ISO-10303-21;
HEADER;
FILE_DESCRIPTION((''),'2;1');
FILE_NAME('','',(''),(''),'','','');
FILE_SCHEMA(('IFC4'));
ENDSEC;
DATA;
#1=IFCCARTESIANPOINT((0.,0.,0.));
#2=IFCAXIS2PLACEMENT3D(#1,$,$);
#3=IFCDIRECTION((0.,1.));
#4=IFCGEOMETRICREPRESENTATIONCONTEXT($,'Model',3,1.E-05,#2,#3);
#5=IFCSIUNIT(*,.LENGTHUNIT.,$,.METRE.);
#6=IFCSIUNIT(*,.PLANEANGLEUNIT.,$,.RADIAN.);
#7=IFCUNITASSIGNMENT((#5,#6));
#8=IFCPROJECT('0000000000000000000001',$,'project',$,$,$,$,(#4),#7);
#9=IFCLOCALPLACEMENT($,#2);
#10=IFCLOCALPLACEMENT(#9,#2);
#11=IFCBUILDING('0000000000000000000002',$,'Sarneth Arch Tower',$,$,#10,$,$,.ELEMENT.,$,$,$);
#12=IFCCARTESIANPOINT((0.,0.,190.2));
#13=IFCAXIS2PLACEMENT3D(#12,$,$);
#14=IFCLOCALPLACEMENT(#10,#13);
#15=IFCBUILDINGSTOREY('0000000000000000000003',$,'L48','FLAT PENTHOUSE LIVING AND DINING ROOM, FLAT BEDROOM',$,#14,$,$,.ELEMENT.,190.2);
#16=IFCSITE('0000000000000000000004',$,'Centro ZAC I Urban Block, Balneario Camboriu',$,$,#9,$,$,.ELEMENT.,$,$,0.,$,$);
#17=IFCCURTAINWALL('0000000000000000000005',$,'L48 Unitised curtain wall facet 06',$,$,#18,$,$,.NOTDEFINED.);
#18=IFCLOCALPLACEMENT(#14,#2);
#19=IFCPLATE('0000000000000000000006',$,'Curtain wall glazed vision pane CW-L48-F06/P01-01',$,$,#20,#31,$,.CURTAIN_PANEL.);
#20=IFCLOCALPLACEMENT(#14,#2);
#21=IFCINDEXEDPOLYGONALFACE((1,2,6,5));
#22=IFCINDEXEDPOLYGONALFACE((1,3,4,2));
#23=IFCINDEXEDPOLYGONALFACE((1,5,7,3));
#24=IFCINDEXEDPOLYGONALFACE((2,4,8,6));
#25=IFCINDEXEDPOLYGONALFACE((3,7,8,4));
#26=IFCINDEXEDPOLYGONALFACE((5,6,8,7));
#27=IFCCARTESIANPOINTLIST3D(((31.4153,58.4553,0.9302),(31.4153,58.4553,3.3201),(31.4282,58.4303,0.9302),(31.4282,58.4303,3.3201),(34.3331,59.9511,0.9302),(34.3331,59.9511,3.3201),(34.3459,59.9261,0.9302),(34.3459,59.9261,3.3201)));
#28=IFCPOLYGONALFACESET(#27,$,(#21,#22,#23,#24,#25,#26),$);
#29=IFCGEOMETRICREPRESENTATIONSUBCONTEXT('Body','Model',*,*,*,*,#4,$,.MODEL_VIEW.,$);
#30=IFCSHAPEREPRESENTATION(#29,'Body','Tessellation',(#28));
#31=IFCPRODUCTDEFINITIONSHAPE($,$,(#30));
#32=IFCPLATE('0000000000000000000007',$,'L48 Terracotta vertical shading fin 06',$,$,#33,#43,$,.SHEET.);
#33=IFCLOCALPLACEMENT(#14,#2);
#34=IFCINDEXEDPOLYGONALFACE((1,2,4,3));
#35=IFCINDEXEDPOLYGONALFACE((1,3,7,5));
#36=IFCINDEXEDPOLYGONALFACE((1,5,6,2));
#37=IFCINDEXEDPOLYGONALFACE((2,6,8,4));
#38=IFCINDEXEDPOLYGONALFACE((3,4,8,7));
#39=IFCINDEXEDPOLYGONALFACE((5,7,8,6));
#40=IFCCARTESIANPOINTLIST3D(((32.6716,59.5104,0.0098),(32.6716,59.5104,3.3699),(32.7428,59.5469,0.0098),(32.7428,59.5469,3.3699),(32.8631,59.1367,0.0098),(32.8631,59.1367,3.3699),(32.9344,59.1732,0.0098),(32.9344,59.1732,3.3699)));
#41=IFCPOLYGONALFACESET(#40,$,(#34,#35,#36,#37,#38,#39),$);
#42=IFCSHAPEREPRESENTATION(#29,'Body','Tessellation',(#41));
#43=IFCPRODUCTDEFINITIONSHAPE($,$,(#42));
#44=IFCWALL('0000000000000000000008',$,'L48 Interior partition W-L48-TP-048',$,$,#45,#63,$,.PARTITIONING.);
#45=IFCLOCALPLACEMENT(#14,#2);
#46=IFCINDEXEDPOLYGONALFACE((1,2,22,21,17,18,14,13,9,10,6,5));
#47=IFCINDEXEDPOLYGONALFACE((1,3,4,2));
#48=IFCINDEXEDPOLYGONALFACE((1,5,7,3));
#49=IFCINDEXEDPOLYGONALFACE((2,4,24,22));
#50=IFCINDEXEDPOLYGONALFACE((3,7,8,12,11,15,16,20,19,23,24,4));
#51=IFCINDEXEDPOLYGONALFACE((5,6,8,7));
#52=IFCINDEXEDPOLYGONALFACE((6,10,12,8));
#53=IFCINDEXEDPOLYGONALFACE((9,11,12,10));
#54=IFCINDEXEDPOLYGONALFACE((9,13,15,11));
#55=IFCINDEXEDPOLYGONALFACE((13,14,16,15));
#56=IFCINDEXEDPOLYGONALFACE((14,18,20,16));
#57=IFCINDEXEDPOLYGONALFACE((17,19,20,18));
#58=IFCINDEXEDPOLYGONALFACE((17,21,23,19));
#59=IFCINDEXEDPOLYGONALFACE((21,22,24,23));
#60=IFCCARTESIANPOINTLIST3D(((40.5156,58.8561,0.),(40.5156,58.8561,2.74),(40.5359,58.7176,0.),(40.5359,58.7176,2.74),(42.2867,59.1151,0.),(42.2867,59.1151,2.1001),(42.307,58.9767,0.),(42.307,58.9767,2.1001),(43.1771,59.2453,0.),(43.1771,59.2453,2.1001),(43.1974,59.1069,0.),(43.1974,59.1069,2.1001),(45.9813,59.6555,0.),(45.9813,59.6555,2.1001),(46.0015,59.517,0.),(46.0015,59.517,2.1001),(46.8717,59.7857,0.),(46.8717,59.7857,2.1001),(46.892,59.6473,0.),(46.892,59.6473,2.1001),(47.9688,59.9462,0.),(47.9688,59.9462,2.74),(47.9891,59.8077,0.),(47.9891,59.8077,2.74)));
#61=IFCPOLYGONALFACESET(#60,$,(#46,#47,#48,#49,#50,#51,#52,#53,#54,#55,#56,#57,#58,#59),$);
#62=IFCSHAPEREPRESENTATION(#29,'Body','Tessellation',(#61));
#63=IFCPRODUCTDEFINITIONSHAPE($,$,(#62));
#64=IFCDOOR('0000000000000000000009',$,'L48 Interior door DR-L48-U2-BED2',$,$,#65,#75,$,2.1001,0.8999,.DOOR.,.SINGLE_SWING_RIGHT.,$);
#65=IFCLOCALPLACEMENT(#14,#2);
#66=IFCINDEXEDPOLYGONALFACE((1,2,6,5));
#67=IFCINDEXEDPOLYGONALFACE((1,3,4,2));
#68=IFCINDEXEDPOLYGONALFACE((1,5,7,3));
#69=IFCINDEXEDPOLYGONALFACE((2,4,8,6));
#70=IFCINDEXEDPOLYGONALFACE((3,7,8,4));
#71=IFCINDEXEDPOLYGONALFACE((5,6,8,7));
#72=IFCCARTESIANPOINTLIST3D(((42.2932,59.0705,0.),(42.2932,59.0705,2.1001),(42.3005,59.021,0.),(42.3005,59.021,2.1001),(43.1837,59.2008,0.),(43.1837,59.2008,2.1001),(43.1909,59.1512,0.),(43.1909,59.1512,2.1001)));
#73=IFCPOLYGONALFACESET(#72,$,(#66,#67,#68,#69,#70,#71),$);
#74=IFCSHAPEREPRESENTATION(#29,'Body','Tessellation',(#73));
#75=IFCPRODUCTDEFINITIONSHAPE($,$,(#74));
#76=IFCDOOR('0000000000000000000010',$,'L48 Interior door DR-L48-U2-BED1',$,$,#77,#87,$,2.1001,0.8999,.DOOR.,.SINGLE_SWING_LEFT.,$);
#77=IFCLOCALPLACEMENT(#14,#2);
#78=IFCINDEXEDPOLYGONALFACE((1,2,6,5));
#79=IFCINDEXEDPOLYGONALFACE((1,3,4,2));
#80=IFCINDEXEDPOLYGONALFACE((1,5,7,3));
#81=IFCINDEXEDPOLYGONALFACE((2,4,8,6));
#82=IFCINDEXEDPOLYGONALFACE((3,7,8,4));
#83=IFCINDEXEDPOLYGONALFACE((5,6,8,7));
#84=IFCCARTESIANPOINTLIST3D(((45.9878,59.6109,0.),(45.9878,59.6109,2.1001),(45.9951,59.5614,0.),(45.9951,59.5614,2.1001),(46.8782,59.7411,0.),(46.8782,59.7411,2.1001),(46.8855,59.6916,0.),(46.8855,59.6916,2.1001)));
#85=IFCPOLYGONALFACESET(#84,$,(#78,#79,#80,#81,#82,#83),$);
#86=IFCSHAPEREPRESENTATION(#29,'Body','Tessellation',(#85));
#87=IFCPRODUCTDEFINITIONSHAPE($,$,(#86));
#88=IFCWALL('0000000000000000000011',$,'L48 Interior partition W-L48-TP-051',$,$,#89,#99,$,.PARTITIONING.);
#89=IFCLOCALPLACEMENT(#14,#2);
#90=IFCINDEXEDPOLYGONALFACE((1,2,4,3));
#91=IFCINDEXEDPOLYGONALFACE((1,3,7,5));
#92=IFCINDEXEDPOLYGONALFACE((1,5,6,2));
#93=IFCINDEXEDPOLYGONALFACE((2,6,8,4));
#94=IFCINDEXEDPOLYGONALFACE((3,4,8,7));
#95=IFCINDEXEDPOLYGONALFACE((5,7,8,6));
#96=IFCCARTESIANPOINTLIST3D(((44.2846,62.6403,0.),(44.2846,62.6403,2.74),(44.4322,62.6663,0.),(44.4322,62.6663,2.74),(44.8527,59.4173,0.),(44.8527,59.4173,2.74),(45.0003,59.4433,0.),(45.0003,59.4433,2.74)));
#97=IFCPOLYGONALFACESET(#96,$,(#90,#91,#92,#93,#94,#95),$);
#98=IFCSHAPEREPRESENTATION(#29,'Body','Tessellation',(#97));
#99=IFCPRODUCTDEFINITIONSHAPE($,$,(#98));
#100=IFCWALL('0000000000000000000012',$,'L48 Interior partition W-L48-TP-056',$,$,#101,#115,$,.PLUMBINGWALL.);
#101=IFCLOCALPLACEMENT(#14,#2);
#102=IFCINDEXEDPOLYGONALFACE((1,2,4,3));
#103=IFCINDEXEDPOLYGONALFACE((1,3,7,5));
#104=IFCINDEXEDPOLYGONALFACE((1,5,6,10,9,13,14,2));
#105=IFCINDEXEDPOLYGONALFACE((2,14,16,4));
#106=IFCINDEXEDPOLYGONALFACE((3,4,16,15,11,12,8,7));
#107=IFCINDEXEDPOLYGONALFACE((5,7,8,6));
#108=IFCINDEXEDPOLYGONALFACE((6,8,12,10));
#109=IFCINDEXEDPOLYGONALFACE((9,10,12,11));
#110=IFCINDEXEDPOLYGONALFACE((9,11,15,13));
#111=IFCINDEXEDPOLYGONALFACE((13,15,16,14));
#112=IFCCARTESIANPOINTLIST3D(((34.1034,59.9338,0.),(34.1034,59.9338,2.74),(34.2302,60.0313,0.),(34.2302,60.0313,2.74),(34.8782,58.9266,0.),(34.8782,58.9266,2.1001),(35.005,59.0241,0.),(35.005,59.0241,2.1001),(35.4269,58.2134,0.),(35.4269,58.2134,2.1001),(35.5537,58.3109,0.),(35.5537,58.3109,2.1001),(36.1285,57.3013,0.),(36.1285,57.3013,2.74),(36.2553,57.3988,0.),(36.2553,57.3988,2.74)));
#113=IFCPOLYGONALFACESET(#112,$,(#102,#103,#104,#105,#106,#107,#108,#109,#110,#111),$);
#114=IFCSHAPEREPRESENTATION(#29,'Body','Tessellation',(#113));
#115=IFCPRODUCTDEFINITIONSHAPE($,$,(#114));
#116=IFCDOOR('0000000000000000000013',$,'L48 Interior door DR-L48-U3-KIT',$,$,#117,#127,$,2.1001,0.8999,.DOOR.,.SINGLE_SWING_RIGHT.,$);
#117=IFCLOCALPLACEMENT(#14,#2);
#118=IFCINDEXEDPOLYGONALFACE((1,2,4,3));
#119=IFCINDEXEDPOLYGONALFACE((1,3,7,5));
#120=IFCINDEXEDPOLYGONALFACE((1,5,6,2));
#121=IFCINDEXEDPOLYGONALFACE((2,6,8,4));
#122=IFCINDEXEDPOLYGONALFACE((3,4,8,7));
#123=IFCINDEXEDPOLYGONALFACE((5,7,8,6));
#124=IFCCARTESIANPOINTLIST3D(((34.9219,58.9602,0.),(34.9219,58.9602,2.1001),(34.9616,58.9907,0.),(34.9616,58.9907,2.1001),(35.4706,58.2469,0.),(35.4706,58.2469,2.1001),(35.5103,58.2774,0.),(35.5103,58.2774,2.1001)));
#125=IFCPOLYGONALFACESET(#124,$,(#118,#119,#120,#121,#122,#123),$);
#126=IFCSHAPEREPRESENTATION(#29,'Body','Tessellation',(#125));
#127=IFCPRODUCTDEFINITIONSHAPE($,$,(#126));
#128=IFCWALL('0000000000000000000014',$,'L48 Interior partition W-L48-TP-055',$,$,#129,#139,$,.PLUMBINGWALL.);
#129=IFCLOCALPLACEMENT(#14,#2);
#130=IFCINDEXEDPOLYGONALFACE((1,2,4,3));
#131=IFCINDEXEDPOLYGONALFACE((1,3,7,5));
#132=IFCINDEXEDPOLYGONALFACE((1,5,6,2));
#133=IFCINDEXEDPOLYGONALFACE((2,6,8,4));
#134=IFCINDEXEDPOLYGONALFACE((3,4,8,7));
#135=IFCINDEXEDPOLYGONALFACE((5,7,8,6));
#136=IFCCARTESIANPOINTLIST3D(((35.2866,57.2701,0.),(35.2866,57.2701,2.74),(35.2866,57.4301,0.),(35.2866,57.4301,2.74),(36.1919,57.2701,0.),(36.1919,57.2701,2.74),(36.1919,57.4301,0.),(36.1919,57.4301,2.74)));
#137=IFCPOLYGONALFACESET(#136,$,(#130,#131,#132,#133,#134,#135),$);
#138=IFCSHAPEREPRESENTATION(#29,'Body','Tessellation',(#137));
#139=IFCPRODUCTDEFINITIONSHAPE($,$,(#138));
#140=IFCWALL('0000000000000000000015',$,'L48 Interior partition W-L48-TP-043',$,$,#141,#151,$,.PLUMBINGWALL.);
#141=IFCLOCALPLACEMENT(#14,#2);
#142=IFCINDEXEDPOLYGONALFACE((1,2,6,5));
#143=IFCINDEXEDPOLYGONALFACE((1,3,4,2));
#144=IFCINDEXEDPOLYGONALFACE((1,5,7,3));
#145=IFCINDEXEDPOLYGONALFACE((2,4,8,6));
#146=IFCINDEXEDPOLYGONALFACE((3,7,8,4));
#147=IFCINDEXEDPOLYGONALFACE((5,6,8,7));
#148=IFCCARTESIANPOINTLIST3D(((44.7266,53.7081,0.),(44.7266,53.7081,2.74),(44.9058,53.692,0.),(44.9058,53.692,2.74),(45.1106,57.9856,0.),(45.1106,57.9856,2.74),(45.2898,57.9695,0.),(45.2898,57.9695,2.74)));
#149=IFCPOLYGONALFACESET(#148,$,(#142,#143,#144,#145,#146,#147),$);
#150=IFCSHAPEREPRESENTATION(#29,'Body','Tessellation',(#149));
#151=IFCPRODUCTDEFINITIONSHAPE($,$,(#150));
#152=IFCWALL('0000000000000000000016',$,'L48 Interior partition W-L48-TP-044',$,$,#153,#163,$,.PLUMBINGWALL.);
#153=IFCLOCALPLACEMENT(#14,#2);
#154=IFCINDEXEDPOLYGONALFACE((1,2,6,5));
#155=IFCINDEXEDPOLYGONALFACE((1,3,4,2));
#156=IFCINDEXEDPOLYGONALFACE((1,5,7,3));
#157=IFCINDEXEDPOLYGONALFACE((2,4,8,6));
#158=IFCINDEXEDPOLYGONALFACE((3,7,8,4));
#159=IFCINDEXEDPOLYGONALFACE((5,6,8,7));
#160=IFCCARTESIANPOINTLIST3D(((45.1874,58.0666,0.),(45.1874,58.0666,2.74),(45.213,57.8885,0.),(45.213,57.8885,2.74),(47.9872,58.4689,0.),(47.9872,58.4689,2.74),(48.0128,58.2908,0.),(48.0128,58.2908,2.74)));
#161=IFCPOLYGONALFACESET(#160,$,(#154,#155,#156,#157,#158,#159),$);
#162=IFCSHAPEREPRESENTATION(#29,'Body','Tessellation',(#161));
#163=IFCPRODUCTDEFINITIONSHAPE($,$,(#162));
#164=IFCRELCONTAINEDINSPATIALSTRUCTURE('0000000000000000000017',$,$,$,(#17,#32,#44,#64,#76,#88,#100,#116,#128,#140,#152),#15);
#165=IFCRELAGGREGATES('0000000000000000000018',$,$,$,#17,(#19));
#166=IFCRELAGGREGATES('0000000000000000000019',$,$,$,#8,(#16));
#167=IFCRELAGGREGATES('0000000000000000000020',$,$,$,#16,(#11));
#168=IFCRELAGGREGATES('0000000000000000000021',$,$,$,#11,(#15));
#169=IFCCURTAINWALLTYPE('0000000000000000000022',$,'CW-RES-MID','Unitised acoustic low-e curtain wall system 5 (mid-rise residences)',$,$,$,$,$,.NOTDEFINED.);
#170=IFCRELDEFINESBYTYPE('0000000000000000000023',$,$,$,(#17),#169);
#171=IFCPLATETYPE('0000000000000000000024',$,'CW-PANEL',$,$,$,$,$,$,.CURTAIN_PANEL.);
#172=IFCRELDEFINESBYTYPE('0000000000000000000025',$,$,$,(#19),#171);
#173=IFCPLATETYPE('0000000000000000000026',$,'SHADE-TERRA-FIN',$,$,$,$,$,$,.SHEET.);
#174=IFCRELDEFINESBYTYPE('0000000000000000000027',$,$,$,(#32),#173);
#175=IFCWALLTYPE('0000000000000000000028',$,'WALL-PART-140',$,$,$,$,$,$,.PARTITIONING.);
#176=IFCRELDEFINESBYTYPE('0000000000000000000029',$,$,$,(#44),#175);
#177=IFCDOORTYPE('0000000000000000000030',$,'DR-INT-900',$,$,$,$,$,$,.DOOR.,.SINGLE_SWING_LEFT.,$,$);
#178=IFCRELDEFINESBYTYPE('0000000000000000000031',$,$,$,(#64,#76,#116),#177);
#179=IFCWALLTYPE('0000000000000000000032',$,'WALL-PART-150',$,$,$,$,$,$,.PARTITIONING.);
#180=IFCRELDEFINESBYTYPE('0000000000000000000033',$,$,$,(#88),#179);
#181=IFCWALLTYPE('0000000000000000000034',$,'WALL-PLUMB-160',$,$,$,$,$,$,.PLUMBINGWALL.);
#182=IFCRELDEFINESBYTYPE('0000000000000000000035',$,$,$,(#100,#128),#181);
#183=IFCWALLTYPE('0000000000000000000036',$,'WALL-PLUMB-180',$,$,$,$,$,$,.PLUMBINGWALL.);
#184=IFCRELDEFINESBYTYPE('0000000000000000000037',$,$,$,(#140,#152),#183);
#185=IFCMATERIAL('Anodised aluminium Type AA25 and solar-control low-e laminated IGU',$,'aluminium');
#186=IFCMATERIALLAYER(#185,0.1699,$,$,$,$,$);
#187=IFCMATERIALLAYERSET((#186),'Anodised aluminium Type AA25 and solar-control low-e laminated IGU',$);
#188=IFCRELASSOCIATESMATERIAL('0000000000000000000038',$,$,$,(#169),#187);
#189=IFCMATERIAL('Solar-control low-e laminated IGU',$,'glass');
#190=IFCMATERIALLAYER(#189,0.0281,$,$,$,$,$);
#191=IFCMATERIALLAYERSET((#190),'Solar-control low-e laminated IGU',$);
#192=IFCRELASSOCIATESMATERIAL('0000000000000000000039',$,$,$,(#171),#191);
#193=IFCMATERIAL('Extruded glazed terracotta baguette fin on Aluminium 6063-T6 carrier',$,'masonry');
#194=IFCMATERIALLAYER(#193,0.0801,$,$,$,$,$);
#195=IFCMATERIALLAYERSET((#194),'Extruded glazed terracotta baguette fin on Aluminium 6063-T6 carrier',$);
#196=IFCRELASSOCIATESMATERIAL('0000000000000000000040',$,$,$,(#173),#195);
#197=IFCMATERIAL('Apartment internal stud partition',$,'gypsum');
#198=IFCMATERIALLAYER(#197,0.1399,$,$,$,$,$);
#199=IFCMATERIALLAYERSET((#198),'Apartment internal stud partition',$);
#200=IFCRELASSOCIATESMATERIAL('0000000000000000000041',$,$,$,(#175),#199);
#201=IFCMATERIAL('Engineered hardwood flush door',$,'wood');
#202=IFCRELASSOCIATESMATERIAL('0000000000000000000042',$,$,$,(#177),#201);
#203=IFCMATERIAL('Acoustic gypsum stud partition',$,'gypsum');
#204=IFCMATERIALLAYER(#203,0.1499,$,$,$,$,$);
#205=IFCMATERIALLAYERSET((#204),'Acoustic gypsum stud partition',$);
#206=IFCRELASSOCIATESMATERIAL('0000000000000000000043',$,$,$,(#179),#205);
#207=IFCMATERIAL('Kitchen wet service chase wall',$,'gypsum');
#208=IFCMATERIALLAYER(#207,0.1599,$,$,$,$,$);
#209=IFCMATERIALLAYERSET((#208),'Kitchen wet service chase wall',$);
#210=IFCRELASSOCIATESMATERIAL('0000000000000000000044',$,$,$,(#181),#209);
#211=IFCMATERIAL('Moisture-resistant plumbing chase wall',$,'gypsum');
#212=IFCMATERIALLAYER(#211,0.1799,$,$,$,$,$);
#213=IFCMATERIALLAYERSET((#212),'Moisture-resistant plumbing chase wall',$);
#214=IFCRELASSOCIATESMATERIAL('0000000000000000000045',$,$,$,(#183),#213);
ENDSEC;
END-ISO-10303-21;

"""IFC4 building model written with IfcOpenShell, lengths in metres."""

from ifc_helpers import new_model, si_unit, direction, frame, frame_2d, origin, origin_2d, place, context, subcontext, project, spatial, rectangle, extrude, material, layer, layer_set, type_object, element, fill, aggregate, save


model = new_model("IFC4")

# Units and contexts
model_context = context("Model", 3, precision=1e-05, world=origin(), true_north=direction((0.0, 1.0)))
body_context = subcontext(model_context, "Body", "Model", "MODEL_VIEW")
ifc_project = project(units=[si_unit("LENGTHUNIT", "METRE"), si_unit("PLANEANGLEUNIT", "RADIAN")], contexts=[model_context])

# Site, building, storey
site_placement = place(None, origin())
site = spatial("IfcSite", under=ifc_project, at=site_placement, Name="Centro ZAC I Urban Block, Balneario Camboriu", CompositionType="ELEMENT", RefElevation=0.0)
building_placement = place(site_placement, origin())
building = spatial("IfcBuilding", under=site, at=building_placement, Name="Sarneth Arch Tower", CompositionType="ELEMENT")
storey_placement = place(building_placement, frame((0.0, 0.0, 190.2)))
storey = spatial("IfcBuildingStorey", under=building, at=storey_placement, Name="L48", Description="FLAT PENTHOUSE LIVING AND DINING ROOM, FLAT BEDROOM", CompositionType="ELEMENT", Elevation=190.2)

# Curtain wall, plate
ifc_material_1 = material(Name="Anodised aluminium Type AA25 and solar-control low-e laminated IGU", Category="aluminium")
ifc_layer_1 = layer(ifc_material_1, 0.1699)
ifc_layer_set_1 = layer_set([ifc_layer_1], Name="Anodised aluminium Type AA25 and solar-control low-e laminated IGU")
curtain_wall_type = type_object("IfcCurtainWallType", Name="CW-RES-MID", Description="Unitised acoustic low-e curtain wall system 5 (mid-rise residences)", PredefinedType="NOTDEFINED", material=ifc_layer_set_1)
curtain_wall_placement = place(storey_placement, origin())
curtain_wall = element("IfcCurtainWall", 1, at=curtain_wall_placement, inside=storey, type_object=curtain_wall_type, Name="L48 Unitised curtain wall facet 06", PredefinedType="NOTDEFINED")
ifc_material_2 = material(Name="Solar-control low-e laminated IGU", Category="glass")
ifc_layer_2 = layer(ifc_material_2, 0.0281)
ifc_layer_set_2 = layer_set([ifc_layer_2], Name="Solar-control low-e laminated IGU")
plate_type_1 = type_object("IfcPlateType", Name="CW-PANEL", PredefinedType="CURTAIN_PANEL", material=ifc_layer_set_2)
plate_1_placement = place(storey_placement, frame((32.8806, 59.1907, 0.9302), z_axis=(0.0, 0.0, 1.0), x_axis=(-0.889873, -0.456208, 0.0)))
plate_1 = element("IfcPlate", 2, at=plate_1_placement, type_object=plate_type_1, Name="Curtain wall glazed vision pane CW-L48-F06/P01-01", PredefinedType="CURTAIN_PANEL", context=body_context, shape_type="SweptSolid", body=[
    extrude(rectangle(XDim=3.2788, YDim=0.0281, at=origin_2d()), origin(), (0.0, 0.0, 1.0), 2.3899),
])
aggregate(curtain_wall, [plate_1])

# Plate
ifc_material_3 = material(Name="Extruded glazed terracotta baguette fin on Aluminium 6063-T6 carrier", Category="masonry")
ifc_layer_3 = layer(ifc_material_3, 0.0801)
ifc_layer_set_3 = layer_set([ifc_layer_3], Name="Extruded glazed terracotta baguette fin on Aluminium 6063-T6 carrier")
plate_type_2 = type_object("IfcPlateType", Name="SHADE-TERRA-FIN", PredefinedType="SHEET", material=ifc_layer_set_3)
plate_2_placement = place(storey_placement, frame((32.803, 59.3418, 0.0098), z_axis=(0.0, 0.0, 1.0), x_axis=(-0.456166, 0.889895, 0.0)))
element("IfcPlate", 3, at=plate_2_placement, inside=storey, type_object=plate_type_2, Name="L48 Terracotta vertical shading fin 06", PredefinedType="SHEET", context=body_context, shape_type="SweptSolid", body=[
    extrude(rectangle(XDim=0.4199, YDim=0.0801, at=origin_2d()), origin(), (0.0, 0.0, 1.0), 3.3601),
])

# Wall, openings, doors
ifc_material_4 = material(Name="Apartment internal stud partition", Category="gypsum")
ifc_layer_4 = layer(ifc_material_4, 0.1399)
ifc_layer_set_4 = layer_set([ifc_layer_4], Name="Apartment internal stud partition")
wall_type_1 = type_object("IfcWallType", Name="WALL-PART-140", PredefinedType="PARTITIONING", material=ifc_layer_set_4)
wall_1_placement = place(storey_placement, frame((40.5259, 58.7869, 0.0), z_axis=(0.0, 0.0, 1.0), x_axis=(0.989473, 0.144719, 0.0)))
wall_1 = element("IfcWall", 4, at=wall_1_placement, inside=storey, type_object=wall_type_1, Name="L48 Interior partition W-L48-TP-048", PredefinedType="PARTITIONING", context=body_context, shape_type="SweptSolid", body=[
    extrude(rectangle(XDim=7.5325, YDim=0.1399, at=frame_2d((3.7661, 0.0))), origin(), (0.0, 0.0, 1.0), 2.74),
])
opening_1_placement = place(wall_1_placement, frame((1.7898, 0.0, 0.0)))
opening_1 = element("IfcOpeningElement", 5, at=opening_1_placement, cuts=wall_1, PredefinedType="OPENING", context=body_context, shape_type="SweptSolid", body=[
    extrude(rectangle(XDim=0.8999, YDim=2.1001, at=frame_2d((0.45, 1.05))), frame((0.0, 0.0798, 0.0), z_axis=(0.0, -1.0, 0.0), x_axis=(1.0, 0.0, 0.0)), (0.0, 0.0, 1.0), 0.1599),
])
opening_2_placement = place(wall_1_placement, frame((5.5237, 0.0, 0.0)))
opening_2 = element("IfcOpeningElement", 6, at=opening_2_placement, cuts=wall_1, PredefinedType="OPENING", context=body_context, shape_type="SweptSolid", body=[
    extrude(rectangle(XDim=0.8999, YDim=2.1001, at=frame_2d((0.45, 1.05))), frame((0.0, 0.0798, 0.0), z_axis=(0.0, -1.0, 0.0), x_axis=(1.0, 0.0, 0.0)), (0.0, 0.0, 1.0), 0.1599),
])
ifc_material_5 = material(Name="Engineered hardwood flush door", Category="wood")
door_type = type_object("IfcDoorType", Name="DR-INT-900", OperationType="SINGLE_SWING_LEFT", PredefinedType="DOOR", material=ifc_material_5)
door_1_placement = place(opening_1_placement, origin())
door_1 = element("IfcDoor", 7, at=door_1_placement, inside=storey, type_object=door_type, Name="L48 Interior door DR-L48-U2-BED2", OperationType="SINGLE_SWING_RIGHT", OverallHeight=2.1001, OverallWidth=0.8999, PredefinedType="DOOR", context=body_context, shape_type="SweptSolid", body=[
    extrude(rectangle(XDim=0.8999, YDim=2.1001, at=frame_2d((0.45, 1.05))), frame((0.0, 0.0249, 0.0), z_axis=(0.0, -1.0, 0.0), x_axis=(1.0, 0.0, 0.0)), (0.0, 0.0, 1.0), 0.05),
])
fill(opening_1, door_1)
door_2_placement = place(opening_2_placement, origin())
door_2 = element("IfcDoor", 8, at=door_2_placement, inside=storey, type_object=door_type, Name="L48 Interior door DR-L48-U2-BED1", OperationType="SINGLE_SWING_LEFT", OverallHeight=2.1001, OverallWidth=0.8999, PredefinedType="DOOR", context=body_context, shape_type="SweptSolid", body=[
    extrude(rectangle(XDim=0.8999, YDim=2.1001, at=frame_2d((0.45, 1.05))), frame((0.0, 0.0249, 0.0), z_axis=(0.0, -1.0, 0.0), x_axis=(1.0, 0.0, 0.0)), (0.0, 0.0, 1.0), 0.05),
])
fill(opening_2, door_2)

# Wall
ifc_material_6 = material(Name="Acoustic gypsum stud partition", Category="gypsum")
ifc_layer_5 = layer(ifc_material_6, 0.1499)
ifc_layer_set_5 = layer_set([ifc_layer_5], Name="Acoustic gypsum stud partition")
wall_type_2 = type_object("IfcWallType", Name="WALL-PART-150", PredefinedType="PARTITIONING", material=ifc_layer_set_5)
wall_2_placement = place(storey_placement, frame((44.9265, 59.4304, 0.0), z_axis=(0.0, 0.0, 1.0), x_axis=(-0.173598, 0.984817, 0.0)))
element("IfcWall", 9, at=wall_2_placement, inside=storey, type_object=wall_type_2, Name="L48 Interior partition W-L48-TP-051", PredefinedType="PARTITIONING", context=body_context, shape_type="SweptSolid", body=[
    extrude(rectangle(XDim=3.2727, YDim=0.1499, at=frame_2d((1.6362, 0.0))), origin(), (0.0, 0.0, 1.0), 2.74),
])

# Wall, opening, door
ifc_material_7 = material(Name="Kitchen wet service chase wall", Category="gypsum")
ifc_layer_6 = layer(ifc_material_7, 0.1599)
ifc_layer_set_6 = layer_set([ifc_layer_6], Name="Kitchen wet service chase wall")
wall_type_3 = type_object("IfcWallType", Name="WALL-PLUMB-160", PredefinedType="PLUMBINGWALL", material=ifc_layer_set_6)
wall_3_placement = place(storey_placement, frame((36.1919, 57.3501, 0.0), z_axis=(0.0, 0.0, 1.0), x_axis=(-0.609729, 0.79261, 0.0)))
wall_3 = element("IfcWall", 10, at=wall_3_placement, inside=storey, type_object=wall_type_3, Name="L48 Interior partition W-L48-TP-056", PredefinedType="PLUMBINGWALL", context=body_context, shape_type="SweptSolid", body=[
    extrude(rectangle(XDim=3.3213, YDim=0.1599, at=frame_2d((1.6606, 0.0))), origin(), (0.0, 0.0, 1.0), 2.74),
])
opening_3_placement = place(wall_3_placement, frame((1.1506, 0.0, 0.0)))
opening_3 = element("IfcOpeningElement", 11, at=opening_3_placement, cuts=wall_3, PredefinedType="OPENING", context=body_context, shape_type="SweptSolid", body=[
    extrude(rectangle(XDim=0.8999, YDim=2.1001, at=frame_2d((0.45, 1.05))), frame((0.0, 0.0898, 0.0), z_axis=(0.0, -1.0, 0.0), x_axis=(1.0, 0.0, 0.0)), (0.0, 0.0, 1.0), 0.1799),
])
door_3_placement = place(opening_3_placement, origin())
door_3 = element("IfcDoor", 12, at=door_3_placement, inside=storey, type_object=door_type, Name="L48 Interior door DR-L48-U3-KIT", OperationType="SINGLE_SWING_RIGHT", OverallHeight=2.1001, OverallWidth=0.8999, PredefinedType="DOOR", context=body_context, shape_type="SweptSolid", body=[
    extrude(rectangle(XDim=0.8999, YDim=2.1001, at=frame_2d((0.45, 1.05))), frame((0.0, 0.0249, 0.0), z_axis=(0.0, -1.0, 0.0), x_axis=(1.0, 0.0, 0.0)), (0.0, 0.0, 1.0), 0.05),
])
fill(opening_3, door_3)

# Walls
wall_4_placement = place(storey_placement, frame((35.2866, 57.3501, 0.0), z_axis=(0.0, 0.0, 1.0), x_axis=(1.0, 0.0, 0.0)))
element("IfcWall", 13, at=wall_4_placement, inside=storey, type_object=wall_type_3, Name="L48 Interior partition W-L48-TP-055", PredefinedType="PLUMBINGWALL", context=body_context, shape_type="SweptSolid", body=[
    extrude(rectangle(XDim=0.9053, YDim=0.1599, at=frame_2d((0.4526, 0.0))), origin(), (0.0, 0.0, 1.0), 2.74),
])
ifc_material_8 = material(Name="Moisture-resistant plumbing chase wall", Category="gypsum")
ifc_layer_7 = layer(ifc_material_8, 0.1799)
ifc_layer_set_7 = layer_set([ifc_layer_7], Name="Moisture-resistant plumbing chase wall")
wall_type_4 = type_object("IfcWallType", Name="WALL-PLUMB-180", PredefinedType="PLUMBINGWALL", material=ifc_layer_set_7)
wall_5_placement = place(storey_placement, frame((44.8162, 53.7, 0.0), z_axis=(0.0, 0.0, 1.0), x_axis=(0.089418, 0.995994, 0.0)))
element("IfcWall", 14, at=wall_5_placement, inside=storey, type_object=wall_type_4, Name="L48 Interior partition W-L48-TP-043", PredefinedType="PLUMBINGWALL", context=body_context, shape_type="SweptSolid", body=[
    extrude(rectangle(XDim=4.2947, YDim=0.1799, at=frame_2d((2.1475, 0.0))), origin(), (0.0, 0.0, 1.0), 2.74),
])
wall_6_placement = place(storey_placement, frame((45.2002, 57.9775, 0.0), z_axis=(0.0, 0.0, 1.0), x_axis=(0.989832, 0.142243, 0.0)))
element("IfcWall", 15, at=wall_6_placement, inside=storey, type_object=wall_type_4, Name="L48 Interior partition W-L48-TP-044", PredefinedType="PLUMBINGWALL", context=body_context, shape_type="SweptSolid", body=[
    extrude(rectangle(XDim=2.8286, YDim=0.1799, at=frame_2d((1.4143, 0.0))), origin(), (0.0, 0.0, 1.0), 2.74),
])

save(model, "model.ifc")
